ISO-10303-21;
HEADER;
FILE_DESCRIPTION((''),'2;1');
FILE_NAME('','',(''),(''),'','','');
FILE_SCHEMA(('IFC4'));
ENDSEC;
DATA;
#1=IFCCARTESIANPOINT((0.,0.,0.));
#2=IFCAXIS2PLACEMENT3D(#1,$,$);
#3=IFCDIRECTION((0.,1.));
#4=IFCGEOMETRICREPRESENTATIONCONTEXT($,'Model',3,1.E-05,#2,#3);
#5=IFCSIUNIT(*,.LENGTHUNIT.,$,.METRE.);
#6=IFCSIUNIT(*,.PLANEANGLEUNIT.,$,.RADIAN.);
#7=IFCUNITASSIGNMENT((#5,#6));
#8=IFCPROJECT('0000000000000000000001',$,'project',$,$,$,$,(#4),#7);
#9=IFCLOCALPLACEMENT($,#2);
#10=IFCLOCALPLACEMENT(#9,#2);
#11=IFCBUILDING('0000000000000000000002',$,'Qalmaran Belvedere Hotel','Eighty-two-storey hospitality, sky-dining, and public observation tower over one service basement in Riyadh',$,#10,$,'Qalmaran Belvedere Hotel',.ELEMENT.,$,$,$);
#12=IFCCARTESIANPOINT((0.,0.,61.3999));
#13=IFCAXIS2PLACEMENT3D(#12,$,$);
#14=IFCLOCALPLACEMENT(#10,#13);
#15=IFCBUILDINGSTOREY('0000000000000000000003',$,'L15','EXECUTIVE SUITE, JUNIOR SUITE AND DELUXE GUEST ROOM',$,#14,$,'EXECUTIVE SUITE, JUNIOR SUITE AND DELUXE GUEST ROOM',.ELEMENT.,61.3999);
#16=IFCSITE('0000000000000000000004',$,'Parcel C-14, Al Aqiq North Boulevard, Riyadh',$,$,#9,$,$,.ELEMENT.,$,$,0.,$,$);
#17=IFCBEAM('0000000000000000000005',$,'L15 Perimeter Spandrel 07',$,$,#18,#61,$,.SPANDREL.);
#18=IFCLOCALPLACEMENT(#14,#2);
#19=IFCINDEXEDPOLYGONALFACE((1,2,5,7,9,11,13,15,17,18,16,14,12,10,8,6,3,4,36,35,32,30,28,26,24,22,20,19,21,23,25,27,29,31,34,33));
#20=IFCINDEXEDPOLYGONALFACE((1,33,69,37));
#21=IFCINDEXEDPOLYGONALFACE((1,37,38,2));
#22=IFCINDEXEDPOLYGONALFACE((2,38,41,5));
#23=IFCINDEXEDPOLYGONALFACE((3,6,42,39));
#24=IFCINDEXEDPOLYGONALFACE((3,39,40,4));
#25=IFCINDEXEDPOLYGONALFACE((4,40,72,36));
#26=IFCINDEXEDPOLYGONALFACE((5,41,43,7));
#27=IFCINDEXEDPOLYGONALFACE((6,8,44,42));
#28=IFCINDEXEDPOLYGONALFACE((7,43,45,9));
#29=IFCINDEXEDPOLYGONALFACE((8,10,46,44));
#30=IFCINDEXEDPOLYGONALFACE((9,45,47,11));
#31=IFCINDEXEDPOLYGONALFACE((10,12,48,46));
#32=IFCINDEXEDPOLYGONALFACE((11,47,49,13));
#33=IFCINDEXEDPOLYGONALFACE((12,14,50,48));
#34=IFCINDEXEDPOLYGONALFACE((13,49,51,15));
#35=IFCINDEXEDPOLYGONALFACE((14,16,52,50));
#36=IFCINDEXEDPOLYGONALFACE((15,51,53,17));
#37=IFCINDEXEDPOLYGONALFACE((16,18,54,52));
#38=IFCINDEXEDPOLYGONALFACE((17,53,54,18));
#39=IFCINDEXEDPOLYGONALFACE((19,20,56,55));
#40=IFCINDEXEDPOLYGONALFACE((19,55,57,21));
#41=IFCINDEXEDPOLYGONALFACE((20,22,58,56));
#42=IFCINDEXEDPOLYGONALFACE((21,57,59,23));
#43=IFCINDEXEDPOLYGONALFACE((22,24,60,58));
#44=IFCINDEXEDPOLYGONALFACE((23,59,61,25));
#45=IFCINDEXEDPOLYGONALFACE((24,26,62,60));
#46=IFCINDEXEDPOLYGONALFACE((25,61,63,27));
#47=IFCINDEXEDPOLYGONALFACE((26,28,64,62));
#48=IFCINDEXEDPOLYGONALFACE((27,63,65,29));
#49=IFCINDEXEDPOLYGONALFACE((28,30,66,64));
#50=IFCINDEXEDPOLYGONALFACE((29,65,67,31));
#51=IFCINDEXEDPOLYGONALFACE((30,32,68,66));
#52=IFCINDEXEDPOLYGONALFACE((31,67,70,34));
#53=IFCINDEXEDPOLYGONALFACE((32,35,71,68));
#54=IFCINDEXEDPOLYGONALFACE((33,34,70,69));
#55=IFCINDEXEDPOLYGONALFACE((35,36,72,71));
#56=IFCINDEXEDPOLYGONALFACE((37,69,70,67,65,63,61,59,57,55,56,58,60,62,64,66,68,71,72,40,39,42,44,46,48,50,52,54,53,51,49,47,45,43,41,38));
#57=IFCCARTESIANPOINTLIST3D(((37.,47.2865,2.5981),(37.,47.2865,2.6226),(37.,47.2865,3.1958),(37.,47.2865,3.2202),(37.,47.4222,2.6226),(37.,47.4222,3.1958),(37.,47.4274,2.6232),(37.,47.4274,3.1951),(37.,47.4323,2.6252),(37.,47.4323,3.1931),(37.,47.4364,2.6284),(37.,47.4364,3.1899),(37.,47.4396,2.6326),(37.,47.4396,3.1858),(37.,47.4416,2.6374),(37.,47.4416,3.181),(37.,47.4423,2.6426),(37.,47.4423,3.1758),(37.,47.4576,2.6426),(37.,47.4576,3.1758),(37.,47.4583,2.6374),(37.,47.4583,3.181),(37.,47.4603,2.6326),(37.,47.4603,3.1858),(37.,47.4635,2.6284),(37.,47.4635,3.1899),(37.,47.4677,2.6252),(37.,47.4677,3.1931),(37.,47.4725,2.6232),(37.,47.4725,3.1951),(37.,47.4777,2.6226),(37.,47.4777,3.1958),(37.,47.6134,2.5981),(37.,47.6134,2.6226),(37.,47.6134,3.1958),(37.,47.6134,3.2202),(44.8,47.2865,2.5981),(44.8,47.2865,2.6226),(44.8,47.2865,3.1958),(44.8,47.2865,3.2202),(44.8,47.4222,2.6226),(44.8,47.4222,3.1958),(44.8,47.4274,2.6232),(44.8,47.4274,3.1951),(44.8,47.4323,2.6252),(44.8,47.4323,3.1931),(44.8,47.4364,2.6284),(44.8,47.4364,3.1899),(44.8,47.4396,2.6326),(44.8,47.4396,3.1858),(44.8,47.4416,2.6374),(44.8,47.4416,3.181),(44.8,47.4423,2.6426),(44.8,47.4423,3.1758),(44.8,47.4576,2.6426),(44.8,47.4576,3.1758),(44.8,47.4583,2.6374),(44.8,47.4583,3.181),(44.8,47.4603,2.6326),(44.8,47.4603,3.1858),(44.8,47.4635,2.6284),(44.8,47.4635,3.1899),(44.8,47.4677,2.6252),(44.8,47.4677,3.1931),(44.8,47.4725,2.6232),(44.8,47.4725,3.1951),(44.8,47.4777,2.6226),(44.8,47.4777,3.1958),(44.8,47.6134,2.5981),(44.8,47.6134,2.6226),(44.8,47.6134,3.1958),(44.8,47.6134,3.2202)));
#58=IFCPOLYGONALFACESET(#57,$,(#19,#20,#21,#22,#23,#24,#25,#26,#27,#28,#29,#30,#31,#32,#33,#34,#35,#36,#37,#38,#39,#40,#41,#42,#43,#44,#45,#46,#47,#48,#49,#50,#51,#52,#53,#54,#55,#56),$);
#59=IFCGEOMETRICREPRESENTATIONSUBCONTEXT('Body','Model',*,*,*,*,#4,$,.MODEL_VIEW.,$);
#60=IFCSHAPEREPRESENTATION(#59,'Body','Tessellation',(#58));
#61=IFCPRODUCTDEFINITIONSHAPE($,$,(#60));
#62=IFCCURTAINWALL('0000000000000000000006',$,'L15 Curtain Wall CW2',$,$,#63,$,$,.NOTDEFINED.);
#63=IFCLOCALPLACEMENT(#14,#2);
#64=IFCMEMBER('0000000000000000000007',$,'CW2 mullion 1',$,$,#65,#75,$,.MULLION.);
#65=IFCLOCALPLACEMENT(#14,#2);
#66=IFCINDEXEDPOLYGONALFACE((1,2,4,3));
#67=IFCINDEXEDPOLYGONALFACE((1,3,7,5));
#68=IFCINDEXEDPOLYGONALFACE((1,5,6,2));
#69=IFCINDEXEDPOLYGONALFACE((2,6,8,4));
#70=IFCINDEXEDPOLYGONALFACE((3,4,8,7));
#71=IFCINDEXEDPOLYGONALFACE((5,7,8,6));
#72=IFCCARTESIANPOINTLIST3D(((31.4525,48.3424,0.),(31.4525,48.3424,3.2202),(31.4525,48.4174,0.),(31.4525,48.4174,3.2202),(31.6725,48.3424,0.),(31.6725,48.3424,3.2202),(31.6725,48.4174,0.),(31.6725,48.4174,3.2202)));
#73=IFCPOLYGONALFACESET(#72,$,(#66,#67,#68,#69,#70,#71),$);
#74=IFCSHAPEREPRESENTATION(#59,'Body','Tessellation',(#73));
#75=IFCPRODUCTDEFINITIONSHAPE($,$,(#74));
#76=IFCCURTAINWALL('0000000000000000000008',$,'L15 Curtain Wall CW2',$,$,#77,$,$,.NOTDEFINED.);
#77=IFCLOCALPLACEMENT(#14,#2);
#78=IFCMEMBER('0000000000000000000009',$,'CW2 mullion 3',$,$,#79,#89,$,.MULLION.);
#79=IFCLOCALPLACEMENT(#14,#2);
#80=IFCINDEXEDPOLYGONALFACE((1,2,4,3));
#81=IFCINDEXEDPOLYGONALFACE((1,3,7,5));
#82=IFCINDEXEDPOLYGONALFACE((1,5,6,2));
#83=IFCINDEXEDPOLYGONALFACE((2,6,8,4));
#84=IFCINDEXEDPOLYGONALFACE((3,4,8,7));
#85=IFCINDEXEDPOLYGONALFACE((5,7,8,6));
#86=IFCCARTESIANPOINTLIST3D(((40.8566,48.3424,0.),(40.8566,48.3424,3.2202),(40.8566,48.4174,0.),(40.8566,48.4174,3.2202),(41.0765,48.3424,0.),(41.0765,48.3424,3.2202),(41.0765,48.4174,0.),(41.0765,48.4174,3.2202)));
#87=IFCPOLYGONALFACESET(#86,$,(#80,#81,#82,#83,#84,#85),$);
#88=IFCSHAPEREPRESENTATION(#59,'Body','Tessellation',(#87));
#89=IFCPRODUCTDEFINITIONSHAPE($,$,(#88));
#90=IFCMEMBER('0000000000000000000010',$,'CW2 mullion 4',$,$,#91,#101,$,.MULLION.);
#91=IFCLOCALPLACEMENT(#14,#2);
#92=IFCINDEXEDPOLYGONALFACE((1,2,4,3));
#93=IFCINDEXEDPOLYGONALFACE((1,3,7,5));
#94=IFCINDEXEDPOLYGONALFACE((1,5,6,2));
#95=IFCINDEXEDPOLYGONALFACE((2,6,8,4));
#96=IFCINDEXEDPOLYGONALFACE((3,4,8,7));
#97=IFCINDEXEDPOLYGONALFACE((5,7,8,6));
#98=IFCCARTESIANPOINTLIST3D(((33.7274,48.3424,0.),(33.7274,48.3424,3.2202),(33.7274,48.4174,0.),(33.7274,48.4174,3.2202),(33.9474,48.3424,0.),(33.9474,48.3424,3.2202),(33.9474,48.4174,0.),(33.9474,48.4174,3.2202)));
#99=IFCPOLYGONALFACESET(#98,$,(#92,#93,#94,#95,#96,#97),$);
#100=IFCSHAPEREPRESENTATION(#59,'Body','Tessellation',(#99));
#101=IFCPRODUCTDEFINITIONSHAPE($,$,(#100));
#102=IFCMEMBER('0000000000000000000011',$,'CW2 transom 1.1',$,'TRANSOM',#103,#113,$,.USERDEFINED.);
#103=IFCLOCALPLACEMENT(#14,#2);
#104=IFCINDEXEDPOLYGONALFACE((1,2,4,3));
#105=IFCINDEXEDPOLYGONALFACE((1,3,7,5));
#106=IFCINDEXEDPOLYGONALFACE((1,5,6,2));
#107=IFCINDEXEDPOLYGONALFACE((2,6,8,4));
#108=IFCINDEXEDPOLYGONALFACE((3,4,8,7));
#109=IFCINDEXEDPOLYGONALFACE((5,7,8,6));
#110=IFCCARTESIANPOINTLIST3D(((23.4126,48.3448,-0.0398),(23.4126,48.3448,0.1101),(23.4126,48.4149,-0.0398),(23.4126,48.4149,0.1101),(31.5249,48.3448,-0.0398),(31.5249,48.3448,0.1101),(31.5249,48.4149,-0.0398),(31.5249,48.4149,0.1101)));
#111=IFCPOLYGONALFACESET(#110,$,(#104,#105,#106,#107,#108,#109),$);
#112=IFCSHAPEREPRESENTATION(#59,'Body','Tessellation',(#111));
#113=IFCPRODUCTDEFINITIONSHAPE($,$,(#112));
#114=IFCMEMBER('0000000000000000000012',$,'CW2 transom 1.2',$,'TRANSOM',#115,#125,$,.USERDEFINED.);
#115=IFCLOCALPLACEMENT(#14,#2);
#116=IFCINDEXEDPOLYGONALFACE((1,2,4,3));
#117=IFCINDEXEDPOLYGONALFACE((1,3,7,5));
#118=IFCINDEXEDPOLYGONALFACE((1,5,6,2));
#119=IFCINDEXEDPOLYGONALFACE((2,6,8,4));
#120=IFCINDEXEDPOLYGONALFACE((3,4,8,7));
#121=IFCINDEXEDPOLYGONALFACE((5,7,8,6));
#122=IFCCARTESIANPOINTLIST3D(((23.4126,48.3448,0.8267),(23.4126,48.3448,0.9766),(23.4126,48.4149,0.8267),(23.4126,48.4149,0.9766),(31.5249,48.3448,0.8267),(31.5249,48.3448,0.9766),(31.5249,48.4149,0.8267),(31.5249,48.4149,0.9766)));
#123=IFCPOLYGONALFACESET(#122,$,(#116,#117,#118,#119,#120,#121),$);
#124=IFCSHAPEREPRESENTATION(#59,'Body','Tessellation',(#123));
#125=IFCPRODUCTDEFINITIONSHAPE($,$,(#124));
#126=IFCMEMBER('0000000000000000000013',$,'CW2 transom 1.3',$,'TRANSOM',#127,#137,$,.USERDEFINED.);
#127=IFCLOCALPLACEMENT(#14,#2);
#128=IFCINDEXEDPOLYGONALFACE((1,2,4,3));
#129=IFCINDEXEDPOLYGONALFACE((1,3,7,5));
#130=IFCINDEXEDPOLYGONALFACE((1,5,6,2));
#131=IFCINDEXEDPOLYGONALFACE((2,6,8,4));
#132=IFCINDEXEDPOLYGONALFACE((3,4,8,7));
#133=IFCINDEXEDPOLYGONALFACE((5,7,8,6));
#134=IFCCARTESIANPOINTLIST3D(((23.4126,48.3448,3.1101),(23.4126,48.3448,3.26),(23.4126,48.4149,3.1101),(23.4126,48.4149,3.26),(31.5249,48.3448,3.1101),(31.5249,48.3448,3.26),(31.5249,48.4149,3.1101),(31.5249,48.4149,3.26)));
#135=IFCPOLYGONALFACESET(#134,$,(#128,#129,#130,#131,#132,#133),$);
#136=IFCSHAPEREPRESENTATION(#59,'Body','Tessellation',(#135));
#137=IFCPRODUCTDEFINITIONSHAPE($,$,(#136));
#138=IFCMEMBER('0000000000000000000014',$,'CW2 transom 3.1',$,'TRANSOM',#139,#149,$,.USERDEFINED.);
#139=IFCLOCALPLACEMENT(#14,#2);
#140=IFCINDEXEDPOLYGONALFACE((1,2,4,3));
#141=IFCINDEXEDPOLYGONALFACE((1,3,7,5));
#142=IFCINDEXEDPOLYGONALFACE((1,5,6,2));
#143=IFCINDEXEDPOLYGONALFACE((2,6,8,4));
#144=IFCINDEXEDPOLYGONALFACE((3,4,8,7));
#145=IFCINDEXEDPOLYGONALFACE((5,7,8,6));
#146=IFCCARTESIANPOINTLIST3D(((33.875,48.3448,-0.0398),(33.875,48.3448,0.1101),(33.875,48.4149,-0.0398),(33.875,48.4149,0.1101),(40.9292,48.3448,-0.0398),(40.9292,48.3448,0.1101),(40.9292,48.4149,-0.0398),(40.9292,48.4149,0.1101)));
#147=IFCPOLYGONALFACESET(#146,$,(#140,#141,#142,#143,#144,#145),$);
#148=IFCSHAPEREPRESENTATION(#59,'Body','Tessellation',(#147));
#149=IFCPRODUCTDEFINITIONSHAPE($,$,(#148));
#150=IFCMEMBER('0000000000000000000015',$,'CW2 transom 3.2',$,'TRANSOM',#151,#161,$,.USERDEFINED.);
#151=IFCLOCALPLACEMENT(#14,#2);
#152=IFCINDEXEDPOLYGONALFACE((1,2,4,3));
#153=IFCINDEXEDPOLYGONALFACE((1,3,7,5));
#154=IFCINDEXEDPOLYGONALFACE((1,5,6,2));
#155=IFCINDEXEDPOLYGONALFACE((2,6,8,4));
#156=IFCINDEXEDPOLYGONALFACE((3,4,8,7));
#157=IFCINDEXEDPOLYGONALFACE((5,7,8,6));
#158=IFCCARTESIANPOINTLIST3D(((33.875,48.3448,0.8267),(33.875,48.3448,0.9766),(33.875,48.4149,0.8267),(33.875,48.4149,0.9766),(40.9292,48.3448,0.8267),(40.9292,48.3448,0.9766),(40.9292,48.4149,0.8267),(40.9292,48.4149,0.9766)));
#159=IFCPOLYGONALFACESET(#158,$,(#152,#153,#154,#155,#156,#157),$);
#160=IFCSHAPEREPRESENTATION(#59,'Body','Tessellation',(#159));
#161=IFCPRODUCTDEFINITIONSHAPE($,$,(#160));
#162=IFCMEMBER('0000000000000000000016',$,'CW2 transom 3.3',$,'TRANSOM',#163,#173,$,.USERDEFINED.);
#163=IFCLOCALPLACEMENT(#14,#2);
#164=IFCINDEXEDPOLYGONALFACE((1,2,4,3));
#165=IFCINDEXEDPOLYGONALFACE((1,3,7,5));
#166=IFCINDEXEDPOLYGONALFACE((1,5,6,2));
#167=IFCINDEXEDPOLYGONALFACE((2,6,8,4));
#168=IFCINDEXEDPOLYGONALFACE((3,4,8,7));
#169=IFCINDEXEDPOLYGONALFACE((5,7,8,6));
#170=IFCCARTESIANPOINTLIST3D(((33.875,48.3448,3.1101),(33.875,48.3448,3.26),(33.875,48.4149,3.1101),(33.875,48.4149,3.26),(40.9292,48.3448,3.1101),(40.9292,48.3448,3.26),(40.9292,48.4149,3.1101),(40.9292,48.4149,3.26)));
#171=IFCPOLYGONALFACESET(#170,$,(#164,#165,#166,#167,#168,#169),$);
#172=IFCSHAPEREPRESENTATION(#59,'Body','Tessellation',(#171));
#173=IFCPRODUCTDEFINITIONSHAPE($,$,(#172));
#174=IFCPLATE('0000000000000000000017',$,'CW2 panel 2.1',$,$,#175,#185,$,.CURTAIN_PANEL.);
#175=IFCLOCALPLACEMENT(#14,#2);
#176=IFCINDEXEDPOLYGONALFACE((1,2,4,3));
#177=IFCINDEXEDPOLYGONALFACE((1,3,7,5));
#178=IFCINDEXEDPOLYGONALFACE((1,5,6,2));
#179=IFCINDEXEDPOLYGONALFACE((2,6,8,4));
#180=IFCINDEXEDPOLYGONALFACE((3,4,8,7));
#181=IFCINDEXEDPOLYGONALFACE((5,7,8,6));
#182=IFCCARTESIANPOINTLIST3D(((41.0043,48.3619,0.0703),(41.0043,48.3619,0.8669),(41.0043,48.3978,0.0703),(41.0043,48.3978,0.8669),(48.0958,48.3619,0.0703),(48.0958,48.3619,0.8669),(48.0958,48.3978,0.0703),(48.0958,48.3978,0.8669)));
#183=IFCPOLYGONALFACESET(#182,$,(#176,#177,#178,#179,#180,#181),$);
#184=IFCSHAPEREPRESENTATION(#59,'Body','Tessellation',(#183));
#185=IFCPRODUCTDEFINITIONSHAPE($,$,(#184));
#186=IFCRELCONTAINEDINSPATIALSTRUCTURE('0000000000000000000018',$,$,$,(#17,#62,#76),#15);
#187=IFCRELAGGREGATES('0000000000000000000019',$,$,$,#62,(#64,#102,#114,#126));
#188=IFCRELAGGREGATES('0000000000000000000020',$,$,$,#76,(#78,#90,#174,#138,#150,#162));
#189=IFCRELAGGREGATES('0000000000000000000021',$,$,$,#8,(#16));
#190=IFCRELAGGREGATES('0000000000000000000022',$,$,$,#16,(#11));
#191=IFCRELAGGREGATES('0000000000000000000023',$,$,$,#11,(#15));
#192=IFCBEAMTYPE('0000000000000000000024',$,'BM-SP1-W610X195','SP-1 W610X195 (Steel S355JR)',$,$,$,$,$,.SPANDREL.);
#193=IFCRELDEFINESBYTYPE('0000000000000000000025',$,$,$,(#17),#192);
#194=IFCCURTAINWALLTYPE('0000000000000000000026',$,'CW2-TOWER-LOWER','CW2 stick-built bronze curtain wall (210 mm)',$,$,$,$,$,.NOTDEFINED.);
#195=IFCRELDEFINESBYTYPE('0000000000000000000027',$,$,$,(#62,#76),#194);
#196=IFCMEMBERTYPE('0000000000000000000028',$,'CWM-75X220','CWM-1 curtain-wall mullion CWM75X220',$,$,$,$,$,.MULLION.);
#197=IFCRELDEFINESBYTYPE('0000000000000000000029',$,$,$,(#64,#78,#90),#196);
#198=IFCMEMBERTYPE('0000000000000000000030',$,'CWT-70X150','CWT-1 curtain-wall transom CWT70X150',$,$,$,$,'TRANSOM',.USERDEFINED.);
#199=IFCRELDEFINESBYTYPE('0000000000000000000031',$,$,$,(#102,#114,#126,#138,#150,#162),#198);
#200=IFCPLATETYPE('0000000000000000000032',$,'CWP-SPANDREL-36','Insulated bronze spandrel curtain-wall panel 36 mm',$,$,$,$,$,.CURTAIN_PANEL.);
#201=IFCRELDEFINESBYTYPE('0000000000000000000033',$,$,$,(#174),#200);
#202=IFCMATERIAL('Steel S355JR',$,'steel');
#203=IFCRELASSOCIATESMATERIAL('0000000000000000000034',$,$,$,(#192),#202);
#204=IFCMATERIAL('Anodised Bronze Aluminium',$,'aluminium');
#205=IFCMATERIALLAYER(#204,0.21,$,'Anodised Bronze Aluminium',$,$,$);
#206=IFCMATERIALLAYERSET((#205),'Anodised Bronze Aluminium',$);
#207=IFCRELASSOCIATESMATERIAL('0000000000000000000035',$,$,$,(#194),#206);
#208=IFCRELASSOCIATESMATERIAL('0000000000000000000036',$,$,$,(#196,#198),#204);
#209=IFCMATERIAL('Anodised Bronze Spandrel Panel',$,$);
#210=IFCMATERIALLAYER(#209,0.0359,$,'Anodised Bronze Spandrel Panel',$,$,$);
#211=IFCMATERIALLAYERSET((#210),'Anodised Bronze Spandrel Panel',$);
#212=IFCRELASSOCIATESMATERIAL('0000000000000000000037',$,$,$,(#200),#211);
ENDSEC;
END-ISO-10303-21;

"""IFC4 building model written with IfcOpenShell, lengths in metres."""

from ifc_helpers import new_model, si_unit, direction, frame, origin, origin_2d, place, context, subcontext, project, spatial, rectangle, i_section, extrude, material, layer, layer_set, material_profile, profile_set, type_object, element, aggregate, save


model = new_model("IFC4")

# Units and contexts
model_context = context("Model", 3, precision=1e-05, world=origin(), true_north=direction((0.0, 1.0)))
body_context = subcontext(model_context, "Body", "Model", "MODEL_VIEW")
ifc_project = project(units=[si_unit("LENGTHUNIT", "METRE"), si_unit("PLANEANGLEUNIT", "RADIAN")], contexts=[model_context])

# Site, building, storey
site_placement = place(None, origin())
site = spatial("IfcSite", under=ifc_project, at=site_placement, Name="Parcel C-14, Al Aqiq North Boulevard, Riyadh", CompositionType="ELEMENT", RefElevation=0.0)
building_placement = place(site_placement, origin())
building = spatial("IfcBuilding", under=site, at=building_placement, Name="Qalmaran Belvedere Hotel", Description="Eighty-two-storey hospitality, sky-dining, and public observation tower over one service basement in Riyadh", LongName="Qalmaran Belvedere Hotel", CompositionType="ELEMENT")
storey_placement = place(building_placement, frame((0.0, 0.0, 61.3999)))
storey = spatial("IfcBuildingStorey", under=building, at=storey_placement, Name="L15", Description="EXECUTIVE SUITE, JUNIOR SUITE AND DELUXE GUEST ROOM", LongName="EXECUTIVE SUITE, JUNIOR SUITE AND DELUXE GUEST ROOM", CompositionType="ELEMENT", Elevation=61.3999)

# Beam
ifc_material_1 = material(Name="Steel S355JR", Category="steel")
ifc_material_profile_1 = material_profile(ifc_material_1, i_section(OverallWidth=0.3269, OverallDepth=0.6221, WebThickness=0.0154, FlangeThickness=0.0244, FilletRadius=0.02, at=origin_2d()), Name="W610X195")
ifc_profile_set_1 = profile_set([ifc_material_profile_1], Name="Steel S355JR")
beam_type_1 = type_object("IfcBeamType", Name="BM-SP1-W610X195", Description="SP-1 W610X195 (Steel S355JR)", PredefinedType="SPANDREL", material=ifc_profile_set_1)
beam_placement = place(storey_placement, frame((37.0, 47.45, 2.9092), z_axis=(1.0, 0.0, 0.0), x_axis=(0.0, 1.0, 0.0)))
element("IfcBeam", 1, at=beam_placement, inside=storey, type_object=beam_type_1, Name="L15 Perimeter Spandrel 07", PredefinedType="SPANDREL", context=body_context, shape_type="SweptSolid", body=[
    extrude(i_section(OverallWidth=0.3269, OverallDepth=0.6221, WebThickness=0.0154, FlangeThickness=0.0244, FilletRadius=0.02, at=origin_2d()), origin(), (0.0, 0.0, 1.0), 7.8),
])

# Curtain wall, member
ifc_material_2 = material(Name="Anodised Bronze Aluminium", Category="aluminium")
ifc_layer_1 = layer(ifc_material_2, 0.21, Name="Anodised Bronze Aluminium")
ifc_layer_set_1 = layer_set([ifc_layer_1], Name="Anodised Bronze Aluminium")
curtain_wall_type = type_object("IfcCurtainWallType", Name="CW2-TOWER-LOWER", Description="CW2 stick-built bronze curtain wall (210 mm)", PredefinedType="NOTDEFINED", material=ifc_layer_set_1)
curtain_wall_1_placement = place(storey_placement, origin())
curtain_wall_1 = element("IfcCurtainWall", 2, at=curtain_wall_1_placement, inside=storey, type_object=curtain_wall_type, Name="L15 Curtain Wall CW2", PredefinedType="NOTDEFINED")
ifc_material_profile_2 = material_profile(ifc_material_2, rectangle(XDim=0.075, YDim=0.22, at=origin_2d()), Name="CWM75X220")
ifc_profile_set_2 = profile_set([ifc_material_profile_2], Name="Anodised Bronze Aluminium")
member_type_1 = type_object("IfcMemberType", Name="CWM-75X220", Description="CWM-1 curtain-wall mullion CWM75X220", PredefinedType="MULLION", material=ifc_profile_set_2)
member_1_placement = place(storey_placement, frame((31.5625, 48.3799, 0.0), z_axis=(0.0, 0.0, 1.0), x_axis=(0.0, -1.0, 0.0)))
member_1 = element("IfcMember", 3, at=member_1_placement, type_object=member_type_1, Name="CW2 mullion 1", PredefinedType="MULLION", context=body_context, shape_type="SweptSolid", body=[
    extrude(rectangle(XDim=0.075, YDim=0.22, at=origin_2d()), origin(), (0.0, 0.0, 1.0), 3.2202),
])

# Curtain wall, members
curtain_wall_2_placement = place(storey_placement, origin())
curtain_wall_2 = element("IfcCurtainWall", 4, at=curtain_wall_2_placement, inside=storey, type_object=curtain_wall_type, Name="L15 Curtain Wall CW2", PredefinedType="NOTDEFINED")
member_2_placement = place(storey_placement, frame((40.9666, 48.3799, 0.0), z_axis=(0.0, 0.0, 1.0), x_axis=(0.0, -1.0, 0.0)))
member_2 = element("IfcMember", 5, at=member_2_placement, type_object=member_type_1, Name="CW2 mullion 3", PredefinedType="MULLION", context=body_context, shape_type="SweptSolid", body=[
    extrude(rectangle(XDim=0.075, YDim=0.22, at=origin_2d()), origin(), (0.0, 0.0, 1.0), 3.2202),
])
member_3_placement = place(storey_placement, frame((33.8374, 48.3799, 0.0), z_axis=(0.0, 0.0, 1.0), x_axis=(0.0, -1.0, 0.0)))
member_3 = element("IfcMember", 6, at=member_3_placement, type_object=member_type_1, Name="CW2 mullion 4", PredefinedType="MULLION", context=body_context, shape_type="SweptSolid", body=[
    extrude(rectangle(XDim=0.075, YDim=0.22, at=origin_2d()), origin(), (0.0, 0.0, 1.0), 3.2202),
])

# Members
ifc_material_profile_3 = material_profile(ifc_material_2, rectangle(XDim=0.0701, YDim=0.1499, at=origin_2d()), Name="CWT70X150")
ifc_profile_set_3 = profile_set([ifc_material_profile_3], Name="Anodised Bronze Aluminium")
member_type_2 = type_object("IfcMemberType", Name="CWT-70X150", Description="CWT-1 curtain-wall transom CWT70X150", ElementType="TRANSOM", PredefinedType="USERDEFINED", material=ifc_profile_set_3)
member_4_placement = place(storey_placement, frame((31.5249, 48.3799, 0.0352), z_axis=(-1.0, 0.0, 0.0), x_axis=(0.0, -1.0, 0.0)))
member_4 = element("IfcMember", 7, at=member_4_placement, type_object=member_type_2, Name="CW2 transom 1.1", ObjectType="TRANSOM", PredefinedType="USERDEFINED", context=body_context, shape_type="SweptSolid", body=[
    extrude(rectangle(XDim=0.0701, YDim=0.1499, at=origin_2d()), origin(), (0.0, 0.0, 1.0), 8.1123),
])
member_5_placement = place(storey_placement, frame((31.5249, 48.3799, 0.9016), z_axis=(-1.0, 0.0, 0.0), x_axis=(0.0, -1.0, 0.0)))
member_5 = element("IfcMember", 8, at=member_5_placement, type_object=member_type_2, Name="CW2 transom 1.2", ObjectType="TRANSOM", PredefinedType="USERDEFINED", context=body_context, shape_type="SweptSolid", body=[
    extrude(rectangle(XDim=0.0701, YDim=0.1499, at=origin_2d()), origin(), (0.0, 0.0, 1.0), 8.1123),
])
member_6_placement = place(storey_placement, frame((31.5249, 48.3799, 3.1851), z_axis=(-1.0, 0.0, 0.0), x_axis=(0.0, -1.0, 0.0)))
member_6 = element("IfcMember", 9, at=member_6_placement, type_object=member_type_2, Name="CW2 transom 1.3", ObjectType="TRANSOM", PredefinedType="USERDEFINED", context=body_context, shape_type="SweptSolid", body=[
    extrude(rectangle(XDim=0.0701, YDim=0.1499, at=origin_2d()), origin(), (0.0, 0.0, 1.0), 8.1123),
])
aggregate(curtain_wall_1, [member_1, member_4, member_5, member_6])
member_7_placement = place(storey_placement, frame((40.9292, 48.3799, 0.0352), z_axis=(-1.0, 0.0, 0.0), x_axis=(0.0, -1.0, 0.0)))
member_7 = element("IfcMember", 10, at=member_7_placement, type_object=member_type_2, Name="CW2 transom 3.1", ObjectType="TRANSOM", PredefinedType="USERDEFINED", context=body_context, shape_type="SweptSolid", body=[
    extrude(rectangle(XDim=0.0701, YDim=0.1499, at=origin_2d()), origin(), (0.0, 0.0, 1.0), 7.0542),
])
member_8_placement = place(storey_placement, frame((40.9292, 48.3799, 0.9016), z_axis=(-1.0, 0.0, 0.0), x_axis=(0.0, -1.0, 0.0)))
member_8 = element("IfcMember", 11, at=member_8_placement, type_object=member_type_2, Name="CW2 transom 3.2", ObjectType="TRANSOM", PredefinedType="USERDEFINED", context=body_context, shape_type="SweptSolid", body=[
    extrude(rectangle(XDim=0.0701, YDim=0.1499, at=origin_2d()), origin(), (0.0, 0.0, 1.0), 7.0542),
])
member_9_placement = place(storey_placement, frame((40.9292, 48.3799, 3.1851), z_axis=(-1.0, 0.0, 0.0), x_axis=(0.0, -1.0, 0.0)))
member_9 = element("IfcMember", 12, at=member_9_placement, type_object=member_type_2, Name="CW2 transom 3.3", ObjectType="TRANSOM", PredefinedType="USERDEFINED", context=body_context, shape_type="SweptSolid", body=[
    extrude(rectangle(XDim=0.0701, YDim=0.1499, at=origin_2d()), origin(), (0.0, 0.0, 1.0), 7.0542),
])

# Plate
ifc_material_3 = material(Name="Anodised Bronze Spandrel Panel")
ifc_layer_2 = layer(ifc_material_3, 0.0359, Name="Anodised Bronze Spandrel Panel")
ifc_layer_set_2 = layer_set([ifc_layer_2], Name="Anodised Bronze Spandrel Panel")
plate_type_1 = type_object("IfcPlateType", Name="CWP-SPANDREL-36", Description="Insulated bronze spandrel curtain-wall panel 36 mm", PredefinedType="CURTAIN_PANEL", material=ifc_layer_set_2)
plate_1_placement = place(storey_placement, frame((44.55, 48.3799, 0.0703), z_axis=(0.0, 0.0, 1.0), x_axis=(-1.0, 0.0, 0.0)))
plate_1 = element("IfcPlate", 13, at=plate_1_placement, type_object=plate_type_1, Name="CW2 panel 2.1", PredefinedType="CURTAIN_PANEL", context=body_context, shape_type="SweptSolid", body=[
    extrude(rectangle(XDim=7.0916, YDim=0.0359, at=origin_2d()), origin(), (0.0, 0.0, 1.0), 0.7966),
])
aggregate(curtain_wall_2, [member_2, member_3, plate_1, member_7, member_8, member_9])

save(model, "model.ifc")
